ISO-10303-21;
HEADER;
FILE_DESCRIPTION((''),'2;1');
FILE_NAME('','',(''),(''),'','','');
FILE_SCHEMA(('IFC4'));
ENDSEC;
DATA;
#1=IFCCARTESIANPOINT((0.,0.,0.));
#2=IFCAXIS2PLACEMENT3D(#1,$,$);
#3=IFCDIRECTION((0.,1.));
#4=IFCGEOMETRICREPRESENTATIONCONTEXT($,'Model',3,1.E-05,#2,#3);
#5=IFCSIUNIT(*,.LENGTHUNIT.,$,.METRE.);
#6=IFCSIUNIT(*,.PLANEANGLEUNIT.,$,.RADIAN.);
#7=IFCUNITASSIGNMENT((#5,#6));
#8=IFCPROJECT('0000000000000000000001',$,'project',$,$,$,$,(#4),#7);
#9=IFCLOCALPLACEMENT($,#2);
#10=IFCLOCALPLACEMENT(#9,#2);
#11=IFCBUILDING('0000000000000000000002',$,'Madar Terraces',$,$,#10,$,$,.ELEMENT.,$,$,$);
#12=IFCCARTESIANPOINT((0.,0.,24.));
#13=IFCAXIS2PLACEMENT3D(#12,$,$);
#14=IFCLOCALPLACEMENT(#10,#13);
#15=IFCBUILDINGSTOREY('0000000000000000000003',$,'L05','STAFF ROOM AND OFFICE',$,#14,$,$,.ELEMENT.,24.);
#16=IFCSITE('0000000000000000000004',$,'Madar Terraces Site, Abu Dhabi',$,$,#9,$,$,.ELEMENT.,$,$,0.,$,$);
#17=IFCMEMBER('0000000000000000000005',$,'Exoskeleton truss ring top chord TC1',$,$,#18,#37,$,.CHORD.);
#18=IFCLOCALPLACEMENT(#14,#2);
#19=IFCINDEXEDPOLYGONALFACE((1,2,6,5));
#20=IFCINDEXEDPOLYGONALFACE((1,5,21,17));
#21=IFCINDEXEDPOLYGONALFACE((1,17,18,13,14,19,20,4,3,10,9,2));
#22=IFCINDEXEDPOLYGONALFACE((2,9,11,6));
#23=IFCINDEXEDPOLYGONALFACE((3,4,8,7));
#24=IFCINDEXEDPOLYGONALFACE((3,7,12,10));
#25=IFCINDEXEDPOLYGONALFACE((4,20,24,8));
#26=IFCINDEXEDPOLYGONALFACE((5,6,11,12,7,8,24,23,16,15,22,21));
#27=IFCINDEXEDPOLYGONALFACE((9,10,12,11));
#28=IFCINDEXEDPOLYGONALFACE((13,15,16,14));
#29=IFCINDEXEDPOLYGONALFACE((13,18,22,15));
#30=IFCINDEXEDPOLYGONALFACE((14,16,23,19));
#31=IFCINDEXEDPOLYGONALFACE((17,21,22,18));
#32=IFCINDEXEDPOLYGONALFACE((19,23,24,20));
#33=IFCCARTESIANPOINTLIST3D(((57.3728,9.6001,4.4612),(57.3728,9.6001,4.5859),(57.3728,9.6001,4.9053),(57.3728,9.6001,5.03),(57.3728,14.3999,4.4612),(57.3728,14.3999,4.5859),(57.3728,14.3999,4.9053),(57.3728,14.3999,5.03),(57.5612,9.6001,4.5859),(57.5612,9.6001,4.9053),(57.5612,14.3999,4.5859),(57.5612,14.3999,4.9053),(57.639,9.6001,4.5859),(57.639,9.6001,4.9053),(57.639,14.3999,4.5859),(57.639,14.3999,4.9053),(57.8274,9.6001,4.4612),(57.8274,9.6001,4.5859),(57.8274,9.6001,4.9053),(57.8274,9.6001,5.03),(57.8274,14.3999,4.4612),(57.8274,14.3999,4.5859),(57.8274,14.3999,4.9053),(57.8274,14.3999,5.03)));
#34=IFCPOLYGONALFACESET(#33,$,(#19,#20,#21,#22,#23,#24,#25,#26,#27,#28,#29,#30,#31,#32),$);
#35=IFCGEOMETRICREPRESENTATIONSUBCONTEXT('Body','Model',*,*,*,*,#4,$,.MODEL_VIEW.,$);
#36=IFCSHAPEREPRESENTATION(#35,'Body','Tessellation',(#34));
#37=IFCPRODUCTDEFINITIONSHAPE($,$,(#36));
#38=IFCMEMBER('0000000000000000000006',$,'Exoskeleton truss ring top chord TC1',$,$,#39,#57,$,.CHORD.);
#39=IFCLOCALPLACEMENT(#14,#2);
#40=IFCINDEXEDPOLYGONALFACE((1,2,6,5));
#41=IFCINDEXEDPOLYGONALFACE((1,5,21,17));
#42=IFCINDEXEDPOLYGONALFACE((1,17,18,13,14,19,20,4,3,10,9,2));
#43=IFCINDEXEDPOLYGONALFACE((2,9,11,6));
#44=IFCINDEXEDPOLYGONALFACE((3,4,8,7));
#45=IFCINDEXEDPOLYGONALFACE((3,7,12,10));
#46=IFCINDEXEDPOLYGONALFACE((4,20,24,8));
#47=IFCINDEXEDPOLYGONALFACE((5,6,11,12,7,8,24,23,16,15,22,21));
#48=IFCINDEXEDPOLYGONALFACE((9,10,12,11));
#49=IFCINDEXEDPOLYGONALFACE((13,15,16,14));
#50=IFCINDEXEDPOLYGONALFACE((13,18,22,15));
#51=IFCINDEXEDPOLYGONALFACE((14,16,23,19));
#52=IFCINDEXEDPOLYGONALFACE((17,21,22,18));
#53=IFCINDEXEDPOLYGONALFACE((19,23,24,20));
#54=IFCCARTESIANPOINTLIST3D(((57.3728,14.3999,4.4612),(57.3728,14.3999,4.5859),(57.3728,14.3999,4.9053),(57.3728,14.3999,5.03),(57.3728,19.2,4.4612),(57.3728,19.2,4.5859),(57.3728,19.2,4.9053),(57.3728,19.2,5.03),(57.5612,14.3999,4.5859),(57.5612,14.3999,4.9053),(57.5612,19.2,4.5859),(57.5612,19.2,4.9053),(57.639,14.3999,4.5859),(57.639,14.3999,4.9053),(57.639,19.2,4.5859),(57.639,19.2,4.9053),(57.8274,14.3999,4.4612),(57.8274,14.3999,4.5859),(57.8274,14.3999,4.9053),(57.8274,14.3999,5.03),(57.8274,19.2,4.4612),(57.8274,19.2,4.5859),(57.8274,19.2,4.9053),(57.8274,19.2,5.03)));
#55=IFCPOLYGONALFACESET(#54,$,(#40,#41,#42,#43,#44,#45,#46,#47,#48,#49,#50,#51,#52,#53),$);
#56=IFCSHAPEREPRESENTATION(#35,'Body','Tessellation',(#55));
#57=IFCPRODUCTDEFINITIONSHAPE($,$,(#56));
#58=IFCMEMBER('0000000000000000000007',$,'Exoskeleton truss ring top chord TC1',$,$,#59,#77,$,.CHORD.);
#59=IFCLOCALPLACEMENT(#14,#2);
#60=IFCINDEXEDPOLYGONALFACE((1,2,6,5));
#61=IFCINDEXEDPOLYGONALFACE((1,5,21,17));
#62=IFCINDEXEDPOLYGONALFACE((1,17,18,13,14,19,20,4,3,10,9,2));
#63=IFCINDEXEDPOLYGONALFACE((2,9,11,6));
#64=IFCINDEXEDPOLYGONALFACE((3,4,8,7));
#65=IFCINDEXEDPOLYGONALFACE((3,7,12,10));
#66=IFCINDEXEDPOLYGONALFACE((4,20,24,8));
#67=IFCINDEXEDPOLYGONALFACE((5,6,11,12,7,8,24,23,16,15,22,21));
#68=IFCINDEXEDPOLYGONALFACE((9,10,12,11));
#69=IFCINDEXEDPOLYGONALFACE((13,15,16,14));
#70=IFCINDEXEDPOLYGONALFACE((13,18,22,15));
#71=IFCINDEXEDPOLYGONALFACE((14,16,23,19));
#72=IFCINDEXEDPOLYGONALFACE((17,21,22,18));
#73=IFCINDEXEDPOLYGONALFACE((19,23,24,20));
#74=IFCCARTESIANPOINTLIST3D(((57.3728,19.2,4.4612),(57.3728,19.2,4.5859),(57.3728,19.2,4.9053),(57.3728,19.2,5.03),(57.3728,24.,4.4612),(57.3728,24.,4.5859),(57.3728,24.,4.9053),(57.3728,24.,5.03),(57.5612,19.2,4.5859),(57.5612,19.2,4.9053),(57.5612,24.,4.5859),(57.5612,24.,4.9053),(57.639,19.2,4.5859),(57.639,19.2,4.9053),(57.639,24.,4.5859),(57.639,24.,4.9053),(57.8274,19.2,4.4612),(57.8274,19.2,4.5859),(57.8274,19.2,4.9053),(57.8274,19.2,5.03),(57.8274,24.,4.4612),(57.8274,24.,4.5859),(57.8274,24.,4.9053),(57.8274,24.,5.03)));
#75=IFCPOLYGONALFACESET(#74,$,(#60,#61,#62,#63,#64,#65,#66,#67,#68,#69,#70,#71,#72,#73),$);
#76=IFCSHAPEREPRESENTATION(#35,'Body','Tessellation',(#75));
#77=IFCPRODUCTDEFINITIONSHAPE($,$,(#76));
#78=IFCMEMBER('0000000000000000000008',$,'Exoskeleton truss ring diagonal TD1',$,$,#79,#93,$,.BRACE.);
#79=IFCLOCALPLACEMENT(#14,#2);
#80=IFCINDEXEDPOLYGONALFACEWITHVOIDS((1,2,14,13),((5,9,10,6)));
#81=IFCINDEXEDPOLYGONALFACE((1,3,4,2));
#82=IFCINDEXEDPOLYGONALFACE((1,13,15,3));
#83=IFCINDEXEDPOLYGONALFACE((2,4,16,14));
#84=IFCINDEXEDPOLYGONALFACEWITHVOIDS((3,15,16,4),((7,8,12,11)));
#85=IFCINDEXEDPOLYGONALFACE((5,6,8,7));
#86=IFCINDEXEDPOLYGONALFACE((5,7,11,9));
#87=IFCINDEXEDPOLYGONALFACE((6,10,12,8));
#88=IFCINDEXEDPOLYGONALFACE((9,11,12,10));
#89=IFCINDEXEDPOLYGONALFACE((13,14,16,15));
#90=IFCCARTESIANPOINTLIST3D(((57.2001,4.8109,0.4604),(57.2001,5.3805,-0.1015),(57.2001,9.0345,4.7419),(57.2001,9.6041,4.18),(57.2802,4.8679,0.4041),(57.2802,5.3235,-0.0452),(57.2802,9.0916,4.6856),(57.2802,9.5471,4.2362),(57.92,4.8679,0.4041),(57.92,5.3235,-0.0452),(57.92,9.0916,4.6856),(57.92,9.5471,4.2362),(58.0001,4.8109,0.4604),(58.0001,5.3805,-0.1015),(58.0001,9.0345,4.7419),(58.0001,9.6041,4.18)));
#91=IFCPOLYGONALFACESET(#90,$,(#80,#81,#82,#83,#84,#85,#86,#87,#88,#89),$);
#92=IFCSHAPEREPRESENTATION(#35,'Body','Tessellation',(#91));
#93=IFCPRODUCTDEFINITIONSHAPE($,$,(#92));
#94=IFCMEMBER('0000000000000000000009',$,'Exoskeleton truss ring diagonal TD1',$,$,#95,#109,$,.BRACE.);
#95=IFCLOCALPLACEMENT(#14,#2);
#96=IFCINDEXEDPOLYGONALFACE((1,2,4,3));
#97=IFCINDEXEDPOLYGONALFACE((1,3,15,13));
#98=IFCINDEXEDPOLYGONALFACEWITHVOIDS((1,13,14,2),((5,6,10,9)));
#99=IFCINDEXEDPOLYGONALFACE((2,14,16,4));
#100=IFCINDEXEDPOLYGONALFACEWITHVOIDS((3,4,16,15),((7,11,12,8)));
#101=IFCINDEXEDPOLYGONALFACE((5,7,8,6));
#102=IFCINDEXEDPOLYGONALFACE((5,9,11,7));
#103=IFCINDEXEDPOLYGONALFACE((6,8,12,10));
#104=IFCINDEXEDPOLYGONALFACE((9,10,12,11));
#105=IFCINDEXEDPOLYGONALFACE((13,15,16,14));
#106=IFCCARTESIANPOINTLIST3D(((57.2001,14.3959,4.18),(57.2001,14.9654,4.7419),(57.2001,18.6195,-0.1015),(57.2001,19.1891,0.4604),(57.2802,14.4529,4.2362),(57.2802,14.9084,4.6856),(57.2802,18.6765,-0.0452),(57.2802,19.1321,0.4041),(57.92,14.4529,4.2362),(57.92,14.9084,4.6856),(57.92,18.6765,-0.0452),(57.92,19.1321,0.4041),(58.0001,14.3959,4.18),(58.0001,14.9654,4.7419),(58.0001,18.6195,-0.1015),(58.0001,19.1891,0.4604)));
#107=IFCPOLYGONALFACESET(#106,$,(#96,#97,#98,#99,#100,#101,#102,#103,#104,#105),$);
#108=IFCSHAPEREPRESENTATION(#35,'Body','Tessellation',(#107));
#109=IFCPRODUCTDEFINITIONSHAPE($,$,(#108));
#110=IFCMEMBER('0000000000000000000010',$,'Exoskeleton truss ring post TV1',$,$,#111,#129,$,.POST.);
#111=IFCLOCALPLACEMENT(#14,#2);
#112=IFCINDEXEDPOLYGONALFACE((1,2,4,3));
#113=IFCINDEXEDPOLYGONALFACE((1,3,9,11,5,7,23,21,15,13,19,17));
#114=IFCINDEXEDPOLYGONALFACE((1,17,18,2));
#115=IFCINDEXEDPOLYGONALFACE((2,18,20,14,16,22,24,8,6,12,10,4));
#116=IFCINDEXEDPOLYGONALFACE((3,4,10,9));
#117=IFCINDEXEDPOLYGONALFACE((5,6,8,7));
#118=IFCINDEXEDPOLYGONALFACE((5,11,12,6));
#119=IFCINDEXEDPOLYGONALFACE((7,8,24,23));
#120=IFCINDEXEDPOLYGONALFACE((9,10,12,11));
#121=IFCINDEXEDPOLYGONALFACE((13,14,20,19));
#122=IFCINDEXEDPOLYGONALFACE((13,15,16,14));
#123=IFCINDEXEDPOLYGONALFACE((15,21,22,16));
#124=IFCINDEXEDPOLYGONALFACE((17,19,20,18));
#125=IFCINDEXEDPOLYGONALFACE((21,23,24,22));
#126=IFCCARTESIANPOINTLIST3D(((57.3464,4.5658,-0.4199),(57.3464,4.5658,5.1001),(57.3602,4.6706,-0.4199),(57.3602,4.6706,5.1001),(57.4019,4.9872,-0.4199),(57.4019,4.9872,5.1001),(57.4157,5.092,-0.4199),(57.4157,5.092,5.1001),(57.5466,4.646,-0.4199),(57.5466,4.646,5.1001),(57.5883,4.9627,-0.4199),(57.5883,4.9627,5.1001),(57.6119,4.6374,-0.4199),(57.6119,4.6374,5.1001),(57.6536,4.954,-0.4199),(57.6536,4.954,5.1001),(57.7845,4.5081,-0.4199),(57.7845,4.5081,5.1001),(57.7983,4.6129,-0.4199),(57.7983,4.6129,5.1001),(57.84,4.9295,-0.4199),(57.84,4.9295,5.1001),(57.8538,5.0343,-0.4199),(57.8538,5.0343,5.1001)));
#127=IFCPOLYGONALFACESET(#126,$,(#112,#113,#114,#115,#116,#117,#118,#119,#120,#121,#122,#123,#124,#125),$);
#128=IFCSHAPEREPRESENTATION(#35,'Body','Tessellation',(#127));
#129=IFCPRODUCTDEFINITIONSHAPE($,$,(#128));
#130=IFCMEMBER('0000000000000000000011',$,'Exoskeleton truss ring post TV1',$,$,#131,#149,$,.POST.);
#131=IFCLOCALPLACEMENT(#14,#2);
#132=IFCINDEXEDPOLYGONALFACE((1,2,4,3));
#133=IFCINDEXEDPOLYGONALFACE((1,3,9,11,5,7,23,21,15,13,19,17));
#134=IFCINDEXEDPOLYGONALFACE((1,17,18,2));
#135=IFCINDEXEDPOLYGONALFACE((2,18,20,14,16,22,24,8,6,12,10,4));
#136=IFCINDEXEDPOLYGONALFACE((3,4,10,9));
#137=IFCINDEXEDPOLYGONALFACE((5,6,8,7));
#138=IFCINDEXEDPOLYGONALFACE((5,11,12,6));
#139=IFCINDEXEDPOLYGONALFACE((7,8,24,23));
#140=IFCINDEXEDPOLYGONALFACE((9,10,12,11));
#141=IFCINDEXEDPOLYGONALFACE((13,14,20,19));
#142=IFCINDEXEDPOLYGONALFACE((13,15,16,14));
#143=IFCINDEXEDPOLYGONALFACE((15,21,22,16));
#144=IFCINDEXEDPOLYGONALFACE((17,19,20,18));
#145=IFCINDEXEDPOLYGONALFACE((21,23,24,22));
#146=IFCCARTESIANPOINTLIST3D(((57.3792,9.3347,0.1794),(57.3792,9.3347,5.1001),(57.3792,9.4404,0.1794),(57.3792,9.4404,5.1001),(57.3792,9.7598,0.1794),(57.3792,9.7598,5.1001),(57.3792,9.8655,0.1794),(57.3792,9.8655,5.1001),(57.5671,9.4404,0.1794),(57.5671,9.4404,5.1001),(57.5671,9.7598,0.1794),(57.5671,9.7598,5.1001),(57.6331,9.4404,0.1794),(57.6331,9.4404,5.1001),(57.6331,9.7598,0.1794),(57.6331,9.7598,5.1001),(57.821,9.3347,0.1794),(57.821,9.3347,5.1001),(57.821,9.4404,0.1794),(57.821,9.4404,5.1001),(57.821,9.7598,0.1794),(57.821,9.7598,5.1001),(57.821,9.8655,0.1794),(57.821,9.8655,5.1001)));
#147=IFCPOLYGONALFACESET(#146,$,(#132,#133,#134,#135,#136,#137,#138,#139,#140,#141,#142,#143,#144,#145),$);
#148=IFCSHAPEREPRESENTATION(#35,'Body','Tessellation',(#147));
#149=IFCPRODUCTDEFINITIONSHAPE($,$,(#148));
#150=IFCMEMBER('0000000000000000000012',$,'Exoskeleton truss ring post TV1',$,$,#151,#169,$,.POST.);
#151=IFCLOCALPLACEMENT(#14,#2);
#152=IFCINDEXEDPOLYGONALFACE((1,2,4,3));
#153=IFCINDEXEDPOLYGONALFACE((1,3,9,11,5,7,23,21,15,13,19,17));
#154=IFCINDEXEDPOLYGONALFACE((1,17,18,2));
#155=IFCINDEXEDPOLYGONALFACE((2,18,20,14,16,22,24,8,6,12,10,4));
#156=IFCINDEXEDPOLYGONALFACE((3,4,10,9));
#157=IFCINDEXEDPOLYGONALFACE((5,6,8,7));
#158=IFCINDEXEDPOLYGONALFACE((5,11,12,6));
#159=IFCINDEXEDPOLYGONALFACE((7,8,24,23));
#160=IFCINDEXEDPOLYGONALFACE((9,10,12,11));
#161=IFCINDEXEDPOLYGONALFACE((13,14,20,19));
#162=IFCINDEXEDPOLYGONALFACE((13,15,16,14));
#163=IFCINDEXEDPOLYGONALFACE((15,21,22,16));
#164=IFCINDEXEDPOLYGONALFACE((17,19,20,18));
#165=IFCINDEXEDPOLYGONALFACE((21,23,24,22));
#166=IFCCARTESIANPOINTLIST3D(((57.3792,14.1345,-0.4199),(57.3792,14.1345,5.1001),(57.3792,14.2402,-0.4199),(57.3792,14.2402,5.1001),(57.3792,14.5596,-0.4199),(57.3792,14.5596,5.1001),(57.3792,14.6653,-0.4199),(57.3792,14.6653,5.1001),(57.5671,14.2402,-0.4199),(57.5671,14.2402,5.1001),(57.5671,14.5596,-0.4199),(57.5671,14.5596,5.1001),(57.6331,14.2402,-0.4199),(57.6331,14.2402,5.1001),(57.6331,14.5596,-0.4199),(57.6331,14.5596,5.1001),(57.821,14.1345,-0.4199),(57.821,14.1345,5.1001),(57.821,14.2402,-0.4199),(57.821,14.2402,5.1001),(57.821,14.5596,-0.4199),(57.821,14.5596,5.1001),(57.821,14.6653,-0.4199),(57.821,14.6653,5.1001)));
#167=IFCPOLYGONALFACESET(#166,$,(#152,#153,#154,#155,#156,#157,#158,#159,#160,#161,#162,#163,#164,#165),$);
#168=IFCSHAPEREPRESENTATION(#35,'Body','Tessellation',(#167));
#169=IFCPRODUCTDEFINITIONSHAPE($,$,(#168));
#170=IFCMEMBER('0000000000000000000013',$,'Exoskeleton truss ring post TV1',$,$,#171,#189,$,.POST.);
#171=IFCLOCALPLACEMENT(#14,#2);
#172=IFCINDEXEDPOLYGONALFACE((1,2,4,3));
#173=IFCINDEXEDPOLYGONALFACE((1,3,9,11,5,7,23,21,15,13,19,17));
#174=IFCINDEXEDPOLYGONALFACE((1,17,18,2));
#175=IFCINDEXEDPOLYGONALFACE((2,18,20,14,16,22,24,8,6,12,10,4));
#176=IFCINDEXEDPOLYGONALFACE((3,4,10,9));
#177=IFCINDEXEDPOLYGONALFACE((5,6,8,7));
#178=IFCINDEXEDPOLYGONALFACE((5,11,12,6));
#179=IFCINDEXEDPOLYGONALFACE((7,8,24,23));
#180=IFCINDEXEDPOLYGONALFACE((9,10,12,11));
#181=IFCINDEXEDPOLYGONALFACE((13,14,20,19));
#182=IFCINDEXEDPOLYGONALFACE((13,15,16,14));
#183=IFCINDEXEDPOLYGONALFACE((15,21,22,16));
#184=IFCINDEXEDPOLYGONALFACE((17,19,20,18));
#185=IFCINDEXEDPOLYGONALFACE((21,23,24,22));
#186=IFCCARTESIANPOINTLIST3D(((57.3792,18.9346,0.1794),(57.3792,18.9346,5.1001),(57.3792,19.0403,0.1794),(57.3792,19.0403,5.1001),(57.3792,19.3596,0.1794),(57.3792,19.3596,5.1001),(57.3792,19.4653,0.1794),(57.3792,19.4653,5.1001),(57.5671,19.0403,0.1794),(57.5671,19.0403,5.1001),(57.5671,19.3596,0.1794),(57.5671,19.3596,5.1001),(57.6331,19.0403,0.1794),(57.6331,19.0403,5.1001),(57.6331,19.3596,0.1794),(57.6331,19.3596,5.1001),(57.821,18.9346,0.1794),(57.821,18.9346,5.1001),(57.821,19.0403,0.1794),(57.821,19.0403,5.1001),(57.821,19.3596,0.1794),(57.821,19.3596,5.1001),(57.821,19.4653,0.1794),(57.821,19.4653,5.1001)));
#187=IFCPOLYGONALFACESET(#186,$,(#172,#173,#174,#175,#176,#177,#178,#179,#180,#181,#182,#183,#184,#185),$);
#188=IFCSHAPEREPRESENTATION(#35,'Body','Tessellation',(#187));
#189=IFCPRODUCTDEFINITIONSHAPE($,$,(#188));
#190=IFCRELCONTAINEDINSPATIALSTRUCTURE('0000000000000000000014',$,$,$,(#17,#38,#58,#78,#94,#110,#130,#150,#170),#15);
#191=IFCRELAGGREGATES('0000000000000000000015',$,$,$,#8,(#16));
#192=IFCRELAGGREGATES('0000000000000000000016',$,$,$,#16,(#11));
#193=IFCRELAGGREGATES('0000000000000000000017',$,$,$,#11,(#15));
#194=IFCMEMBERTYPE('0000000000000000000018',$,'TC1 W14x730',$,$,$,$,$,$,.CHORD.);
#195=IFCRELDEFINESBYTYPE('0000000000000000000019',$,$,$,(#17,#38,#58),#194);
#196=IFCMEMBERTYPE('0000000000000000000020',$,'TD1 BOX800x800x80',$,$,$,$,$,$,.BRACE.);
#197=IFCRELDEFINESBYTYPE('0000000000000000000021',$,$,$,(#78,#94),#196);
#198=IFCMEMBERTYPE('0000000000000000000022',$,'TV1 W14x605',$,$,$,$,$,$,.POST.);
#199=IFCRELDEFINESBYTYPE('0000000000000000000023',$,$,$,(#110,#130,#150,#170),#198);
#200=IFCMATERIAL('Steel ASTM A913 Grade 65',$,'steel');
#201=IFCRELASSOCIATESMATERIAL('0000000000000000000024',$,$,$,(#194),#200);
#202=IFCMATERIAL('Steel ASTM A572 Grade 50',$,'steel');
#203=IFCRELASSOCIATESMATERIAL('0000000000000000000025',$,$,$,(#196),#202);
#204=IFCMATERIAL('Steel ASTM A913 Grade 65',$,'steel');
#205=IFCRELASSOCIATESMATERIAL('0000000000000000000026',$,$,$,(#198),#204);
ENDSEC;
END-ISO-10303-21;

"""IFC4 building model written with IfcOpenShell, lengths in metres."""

from ifc_helpers import new_model, si_unit, direction, frame, origin, origin_2d, place, context, subcontext, project, spatial, hollow_rectangle, i_section, extrude, material, material_profile, profile_set, type_object, element, save


model = new_model("IFC4")

# Units and contexts
model_context = context("Model", 3, precision=1e-05, world=origin(), true_north=direction((0.0, 1.0)))
body_context = subcontext(model_context, "Body", "Model", "MODEL_VIEW")
ifc_project = project(units=[si_unit("LENGTHUNIT", "METRE"), si_unit("PLANEANGLEUNIT", "RADIAN")], contexts=[model_context])

# Site, building, storey
site_placement = place(None, origin())
site = spatial("IfcSite", under=ifc_project, at=site_placement, Name="Madar Terraces Site, Abu Dhabi", CompositionType="ELEMENT", RefElevation=0.0)
building_placement = place(site_placement, origin())
building = spatial("IfcBuilding", under=site, at=building_placement, Name="Madar Terraces", CompositionType="ELEMENT")
storey_placement = place(building_placement, frame((0.0, 0.0, 24.0)))
storey = spatial("IfcBuildingStorey", under=building, at=storey_placement, Name="L05", Description="STAFF ROOM AND OFFICE", CompositionType="ELEMENT", Elevation=24.0)

# Members
ifc_material_1 = material(Name="Steel ASTM A913 Grade 65", Category="steel")
ifc_material_profile_1 = material_profile(ifc_material_1, i_section(OverallWidth=0.4546, OverallDepth=0.5688, WebThickness=0.0779, FlangeThickness=0.1248, at=origin_2d()), Name="W14x730")
ifc_profile_set_1 = profile_set([ifc_material_profile_1], Name="Steel ASTM A913 Grade 65")
member_type_1 = type_object("IfcMemberType", Name="TC1 W14x730", PredefinedType="CHORD", material=ifc_profile_set_1)
member_1_placement = place(storey_placement, frame((57.6001, 9.6001, 4.7456), z_axis=(0.0, 1.0, 0.0), x_axis=(-1.0, 0.0, 0.0)))
element("IfcMember", 1, at=member_1_placement, inside=storey, type_object=member_type_1, Name="Exoskeleton truss ring top chord TC1", PredefinedType="CHORD", context=body_context, shape_type="SweptSolid", body=[
    extrude(i_section(OverallWidth=0.4546, OverallDepth=0.5688, WebThickness=0.0779, FlangeThickness=0.1248, at=origin_2d()), origin(), (0.0, 0.0, 1.0), 4.7998),
])
for number, where, z_axis, x_axis, name in (
    (2, (57.6001, 14.3999, 4.7456), (0.0, 1.0, 0.0), (-1.0, 0.0, 0.0), "Exoskeleton truss ring top chord TC1"),
    (3, (57.6001, 19.2, 4.7456), (0.0, 1.0, 0.0), (-1.0, 0.0, 0.0), "Exoskeleton truss ring top chord TC1"),
):
    element("IfcMember", number, at=place(storey_placement, frame(where, z_axis=z_axis, x_axis=x_axis)), inside=storey, type_object=member_type_1, Name=name, PredefinedType="CHORD", context=body_context, shape_type="SweptSolid", body=[
        extrude(i_section(OverallWidth=0.4546, OverallDepth=0.5688, WebThickness=0.0779, FlangeThickness=0.1248, at=origin_2d()), origin(), (0.0, 0.0, 1.0), 4.8),
    ])
ifc_material_2 = material(Name="Steel ASTM A572 Grade 50", Category="steel")
ifc_material_profile_2 = material_profile(ifc_material_2, hollow_rectangle(XDim=0.8, YDim=0.8, WallThickness=0.0801, at=origin_2d()), Name="BOX800x800x80")
ifc_profile_set_2 = profile_set([ifc_material_profile_2], Name="Steel ASTM A572 Grade 50")
member_type_2 = type_object("IfcMemberType", Name="TD1 BOX800x800x80", PredefinedType="BRACE", material=ifc_profile_set_2)
for number, where, z_axis, x_axis, name in (
    (4, (57.6001, 5.0957, 0.1794), (0.0, 0.70228, 0.711901), (-1.0, 0.0, 0.0), "Exoskeleton truss ring diagonal TD1"),
    (5, (57.6001, 14.6807, 4.4609), (0.0, 0.70228, -0.711901), (-1.0, 0.0, 0.0), "Exoskeleton truss ring diagonal TD1"),
):
    element("IfcMember", number, at=place(storey_placement, frame(where, z_axis=z_axis, x_axis=x_axis)), inside=storey, type_object=member_type_2, Name=name, PredefinedType="BRACE", context=body_context, shape_type="SweptSolid", body=[
        extrude(hollow_rectangle(XDim=0.8, YDim=0.8, WallThickness=0.0801, at=origin_2d()), origin(), (0.0, 0.0, 1.0), 6.0142),
    ])
ifc_material_3 = material(Name="Steel ASTM A913 Grade 65", Category="steel")
ifc_material_profile_3 = material_profile(ifc_material_3, i_section(OverallWidth=0.4419, OverallDepth=0.5308, WebThickness=0.0659, FlangeThickness=0.1057, at=origin_2d()), Name="W14x605")
ifc_profile_set_3 = profile_set([ifc_material_profile_3], Name="Steel ASTM A913 Grade 65")
member_type_3 = type_object("IfcMemberType", Name="TV1 W14x605", PredefinedType="POST", material=ifc_profile_set_3)
member_2_placement = place(storey_placement, frame((57.6001, 4.8, -0.4199), z_axis=(0.0, 0.0, 1.0), x_axis=(-0.991445, 0.130526, 0.0)))
element("IfcMember", 6, at=member_2_placement, inside=storey, type_object=member_type_3, Name="Exoskeleton truss ring post TV1", PredefinedType="POST", context=body_context, shape_type="SweptSolid", body=[
    extrude(i_section(OverallWidth=0.4419, OverallDepth=0.5308, WebThickness=0.0659, FlangeThickness=0.1057, at=origin_2d()), origin(), (0.0, 0.0, 1.0), 5.52),
])
member_3_placement = place(storey_placement, frame((57.6001, 9.6001, 0.1794), z_axis=(0.0, 0.0, 1.0), x_axis=(-1.0, 0.0, 0.0)))
element("IfcMember", 7, at=member_3_placement, inside=storey, type_object=member_type_3, Name="Exoskeleton truss ring post TV1", PredefinedType="POST", context=body_context, shape_type="SweptSolid", body=[
    extrude(i_section(OverallWidth=0.4419, OverallDepth=0.5308, WebThickness=0.0659, FlangeThickness=0.1057, at=origin_2d()), origin(), (0.0, 0.0, 1.0), 4.9207),
])
member_4_placement = place(storey_placement, frame((57.6001, 14.3999, -0.4199), z_axis=(0.0, 0.0, 1.0), x_axis=(-1.0, 0.0, 0.0)))
element("IfcMember", 8, at=member_4_placement, inside=storey, type_object=member_type_3, Name="Exoskeleton truss ring post TV1", PredefinedType="POST", context=body_context, shape_type="SweptSolid", body=[
    extrude(i_section(OverallWidth=0.4419, OverallDepth=0.5308, WebThickness=0.0659, FlangeThickness=0.1057, at=origin_2d()), origin(), (0.0, 0.0, 1.0), 5.52),
])
member_5_placement = place(storey_placement, frame((57.6001, 19.2, 0.1794), z_axis=(0.0, 0.0, 1.0), x_axis=(-1.0, 0.0, 0.0)))
element("IfcMember", 9, at=member_5_placement, inside=storey, type_object=member_type_3, Name="Exoskeleton truss ring post TV1", PredefinedType="POST", context=body_context, shape_type="SweptSolid", body=[
    extrude(i_section(OverallWidth=0.4419, OverallDepth=0.5308, WebThickness=0.0659, FlangeThickness=0.1057, at=origin_2d()), origin(), (0.0, 0.0, 1.0), 4.9207),
])

save(model, "model.ifc")
